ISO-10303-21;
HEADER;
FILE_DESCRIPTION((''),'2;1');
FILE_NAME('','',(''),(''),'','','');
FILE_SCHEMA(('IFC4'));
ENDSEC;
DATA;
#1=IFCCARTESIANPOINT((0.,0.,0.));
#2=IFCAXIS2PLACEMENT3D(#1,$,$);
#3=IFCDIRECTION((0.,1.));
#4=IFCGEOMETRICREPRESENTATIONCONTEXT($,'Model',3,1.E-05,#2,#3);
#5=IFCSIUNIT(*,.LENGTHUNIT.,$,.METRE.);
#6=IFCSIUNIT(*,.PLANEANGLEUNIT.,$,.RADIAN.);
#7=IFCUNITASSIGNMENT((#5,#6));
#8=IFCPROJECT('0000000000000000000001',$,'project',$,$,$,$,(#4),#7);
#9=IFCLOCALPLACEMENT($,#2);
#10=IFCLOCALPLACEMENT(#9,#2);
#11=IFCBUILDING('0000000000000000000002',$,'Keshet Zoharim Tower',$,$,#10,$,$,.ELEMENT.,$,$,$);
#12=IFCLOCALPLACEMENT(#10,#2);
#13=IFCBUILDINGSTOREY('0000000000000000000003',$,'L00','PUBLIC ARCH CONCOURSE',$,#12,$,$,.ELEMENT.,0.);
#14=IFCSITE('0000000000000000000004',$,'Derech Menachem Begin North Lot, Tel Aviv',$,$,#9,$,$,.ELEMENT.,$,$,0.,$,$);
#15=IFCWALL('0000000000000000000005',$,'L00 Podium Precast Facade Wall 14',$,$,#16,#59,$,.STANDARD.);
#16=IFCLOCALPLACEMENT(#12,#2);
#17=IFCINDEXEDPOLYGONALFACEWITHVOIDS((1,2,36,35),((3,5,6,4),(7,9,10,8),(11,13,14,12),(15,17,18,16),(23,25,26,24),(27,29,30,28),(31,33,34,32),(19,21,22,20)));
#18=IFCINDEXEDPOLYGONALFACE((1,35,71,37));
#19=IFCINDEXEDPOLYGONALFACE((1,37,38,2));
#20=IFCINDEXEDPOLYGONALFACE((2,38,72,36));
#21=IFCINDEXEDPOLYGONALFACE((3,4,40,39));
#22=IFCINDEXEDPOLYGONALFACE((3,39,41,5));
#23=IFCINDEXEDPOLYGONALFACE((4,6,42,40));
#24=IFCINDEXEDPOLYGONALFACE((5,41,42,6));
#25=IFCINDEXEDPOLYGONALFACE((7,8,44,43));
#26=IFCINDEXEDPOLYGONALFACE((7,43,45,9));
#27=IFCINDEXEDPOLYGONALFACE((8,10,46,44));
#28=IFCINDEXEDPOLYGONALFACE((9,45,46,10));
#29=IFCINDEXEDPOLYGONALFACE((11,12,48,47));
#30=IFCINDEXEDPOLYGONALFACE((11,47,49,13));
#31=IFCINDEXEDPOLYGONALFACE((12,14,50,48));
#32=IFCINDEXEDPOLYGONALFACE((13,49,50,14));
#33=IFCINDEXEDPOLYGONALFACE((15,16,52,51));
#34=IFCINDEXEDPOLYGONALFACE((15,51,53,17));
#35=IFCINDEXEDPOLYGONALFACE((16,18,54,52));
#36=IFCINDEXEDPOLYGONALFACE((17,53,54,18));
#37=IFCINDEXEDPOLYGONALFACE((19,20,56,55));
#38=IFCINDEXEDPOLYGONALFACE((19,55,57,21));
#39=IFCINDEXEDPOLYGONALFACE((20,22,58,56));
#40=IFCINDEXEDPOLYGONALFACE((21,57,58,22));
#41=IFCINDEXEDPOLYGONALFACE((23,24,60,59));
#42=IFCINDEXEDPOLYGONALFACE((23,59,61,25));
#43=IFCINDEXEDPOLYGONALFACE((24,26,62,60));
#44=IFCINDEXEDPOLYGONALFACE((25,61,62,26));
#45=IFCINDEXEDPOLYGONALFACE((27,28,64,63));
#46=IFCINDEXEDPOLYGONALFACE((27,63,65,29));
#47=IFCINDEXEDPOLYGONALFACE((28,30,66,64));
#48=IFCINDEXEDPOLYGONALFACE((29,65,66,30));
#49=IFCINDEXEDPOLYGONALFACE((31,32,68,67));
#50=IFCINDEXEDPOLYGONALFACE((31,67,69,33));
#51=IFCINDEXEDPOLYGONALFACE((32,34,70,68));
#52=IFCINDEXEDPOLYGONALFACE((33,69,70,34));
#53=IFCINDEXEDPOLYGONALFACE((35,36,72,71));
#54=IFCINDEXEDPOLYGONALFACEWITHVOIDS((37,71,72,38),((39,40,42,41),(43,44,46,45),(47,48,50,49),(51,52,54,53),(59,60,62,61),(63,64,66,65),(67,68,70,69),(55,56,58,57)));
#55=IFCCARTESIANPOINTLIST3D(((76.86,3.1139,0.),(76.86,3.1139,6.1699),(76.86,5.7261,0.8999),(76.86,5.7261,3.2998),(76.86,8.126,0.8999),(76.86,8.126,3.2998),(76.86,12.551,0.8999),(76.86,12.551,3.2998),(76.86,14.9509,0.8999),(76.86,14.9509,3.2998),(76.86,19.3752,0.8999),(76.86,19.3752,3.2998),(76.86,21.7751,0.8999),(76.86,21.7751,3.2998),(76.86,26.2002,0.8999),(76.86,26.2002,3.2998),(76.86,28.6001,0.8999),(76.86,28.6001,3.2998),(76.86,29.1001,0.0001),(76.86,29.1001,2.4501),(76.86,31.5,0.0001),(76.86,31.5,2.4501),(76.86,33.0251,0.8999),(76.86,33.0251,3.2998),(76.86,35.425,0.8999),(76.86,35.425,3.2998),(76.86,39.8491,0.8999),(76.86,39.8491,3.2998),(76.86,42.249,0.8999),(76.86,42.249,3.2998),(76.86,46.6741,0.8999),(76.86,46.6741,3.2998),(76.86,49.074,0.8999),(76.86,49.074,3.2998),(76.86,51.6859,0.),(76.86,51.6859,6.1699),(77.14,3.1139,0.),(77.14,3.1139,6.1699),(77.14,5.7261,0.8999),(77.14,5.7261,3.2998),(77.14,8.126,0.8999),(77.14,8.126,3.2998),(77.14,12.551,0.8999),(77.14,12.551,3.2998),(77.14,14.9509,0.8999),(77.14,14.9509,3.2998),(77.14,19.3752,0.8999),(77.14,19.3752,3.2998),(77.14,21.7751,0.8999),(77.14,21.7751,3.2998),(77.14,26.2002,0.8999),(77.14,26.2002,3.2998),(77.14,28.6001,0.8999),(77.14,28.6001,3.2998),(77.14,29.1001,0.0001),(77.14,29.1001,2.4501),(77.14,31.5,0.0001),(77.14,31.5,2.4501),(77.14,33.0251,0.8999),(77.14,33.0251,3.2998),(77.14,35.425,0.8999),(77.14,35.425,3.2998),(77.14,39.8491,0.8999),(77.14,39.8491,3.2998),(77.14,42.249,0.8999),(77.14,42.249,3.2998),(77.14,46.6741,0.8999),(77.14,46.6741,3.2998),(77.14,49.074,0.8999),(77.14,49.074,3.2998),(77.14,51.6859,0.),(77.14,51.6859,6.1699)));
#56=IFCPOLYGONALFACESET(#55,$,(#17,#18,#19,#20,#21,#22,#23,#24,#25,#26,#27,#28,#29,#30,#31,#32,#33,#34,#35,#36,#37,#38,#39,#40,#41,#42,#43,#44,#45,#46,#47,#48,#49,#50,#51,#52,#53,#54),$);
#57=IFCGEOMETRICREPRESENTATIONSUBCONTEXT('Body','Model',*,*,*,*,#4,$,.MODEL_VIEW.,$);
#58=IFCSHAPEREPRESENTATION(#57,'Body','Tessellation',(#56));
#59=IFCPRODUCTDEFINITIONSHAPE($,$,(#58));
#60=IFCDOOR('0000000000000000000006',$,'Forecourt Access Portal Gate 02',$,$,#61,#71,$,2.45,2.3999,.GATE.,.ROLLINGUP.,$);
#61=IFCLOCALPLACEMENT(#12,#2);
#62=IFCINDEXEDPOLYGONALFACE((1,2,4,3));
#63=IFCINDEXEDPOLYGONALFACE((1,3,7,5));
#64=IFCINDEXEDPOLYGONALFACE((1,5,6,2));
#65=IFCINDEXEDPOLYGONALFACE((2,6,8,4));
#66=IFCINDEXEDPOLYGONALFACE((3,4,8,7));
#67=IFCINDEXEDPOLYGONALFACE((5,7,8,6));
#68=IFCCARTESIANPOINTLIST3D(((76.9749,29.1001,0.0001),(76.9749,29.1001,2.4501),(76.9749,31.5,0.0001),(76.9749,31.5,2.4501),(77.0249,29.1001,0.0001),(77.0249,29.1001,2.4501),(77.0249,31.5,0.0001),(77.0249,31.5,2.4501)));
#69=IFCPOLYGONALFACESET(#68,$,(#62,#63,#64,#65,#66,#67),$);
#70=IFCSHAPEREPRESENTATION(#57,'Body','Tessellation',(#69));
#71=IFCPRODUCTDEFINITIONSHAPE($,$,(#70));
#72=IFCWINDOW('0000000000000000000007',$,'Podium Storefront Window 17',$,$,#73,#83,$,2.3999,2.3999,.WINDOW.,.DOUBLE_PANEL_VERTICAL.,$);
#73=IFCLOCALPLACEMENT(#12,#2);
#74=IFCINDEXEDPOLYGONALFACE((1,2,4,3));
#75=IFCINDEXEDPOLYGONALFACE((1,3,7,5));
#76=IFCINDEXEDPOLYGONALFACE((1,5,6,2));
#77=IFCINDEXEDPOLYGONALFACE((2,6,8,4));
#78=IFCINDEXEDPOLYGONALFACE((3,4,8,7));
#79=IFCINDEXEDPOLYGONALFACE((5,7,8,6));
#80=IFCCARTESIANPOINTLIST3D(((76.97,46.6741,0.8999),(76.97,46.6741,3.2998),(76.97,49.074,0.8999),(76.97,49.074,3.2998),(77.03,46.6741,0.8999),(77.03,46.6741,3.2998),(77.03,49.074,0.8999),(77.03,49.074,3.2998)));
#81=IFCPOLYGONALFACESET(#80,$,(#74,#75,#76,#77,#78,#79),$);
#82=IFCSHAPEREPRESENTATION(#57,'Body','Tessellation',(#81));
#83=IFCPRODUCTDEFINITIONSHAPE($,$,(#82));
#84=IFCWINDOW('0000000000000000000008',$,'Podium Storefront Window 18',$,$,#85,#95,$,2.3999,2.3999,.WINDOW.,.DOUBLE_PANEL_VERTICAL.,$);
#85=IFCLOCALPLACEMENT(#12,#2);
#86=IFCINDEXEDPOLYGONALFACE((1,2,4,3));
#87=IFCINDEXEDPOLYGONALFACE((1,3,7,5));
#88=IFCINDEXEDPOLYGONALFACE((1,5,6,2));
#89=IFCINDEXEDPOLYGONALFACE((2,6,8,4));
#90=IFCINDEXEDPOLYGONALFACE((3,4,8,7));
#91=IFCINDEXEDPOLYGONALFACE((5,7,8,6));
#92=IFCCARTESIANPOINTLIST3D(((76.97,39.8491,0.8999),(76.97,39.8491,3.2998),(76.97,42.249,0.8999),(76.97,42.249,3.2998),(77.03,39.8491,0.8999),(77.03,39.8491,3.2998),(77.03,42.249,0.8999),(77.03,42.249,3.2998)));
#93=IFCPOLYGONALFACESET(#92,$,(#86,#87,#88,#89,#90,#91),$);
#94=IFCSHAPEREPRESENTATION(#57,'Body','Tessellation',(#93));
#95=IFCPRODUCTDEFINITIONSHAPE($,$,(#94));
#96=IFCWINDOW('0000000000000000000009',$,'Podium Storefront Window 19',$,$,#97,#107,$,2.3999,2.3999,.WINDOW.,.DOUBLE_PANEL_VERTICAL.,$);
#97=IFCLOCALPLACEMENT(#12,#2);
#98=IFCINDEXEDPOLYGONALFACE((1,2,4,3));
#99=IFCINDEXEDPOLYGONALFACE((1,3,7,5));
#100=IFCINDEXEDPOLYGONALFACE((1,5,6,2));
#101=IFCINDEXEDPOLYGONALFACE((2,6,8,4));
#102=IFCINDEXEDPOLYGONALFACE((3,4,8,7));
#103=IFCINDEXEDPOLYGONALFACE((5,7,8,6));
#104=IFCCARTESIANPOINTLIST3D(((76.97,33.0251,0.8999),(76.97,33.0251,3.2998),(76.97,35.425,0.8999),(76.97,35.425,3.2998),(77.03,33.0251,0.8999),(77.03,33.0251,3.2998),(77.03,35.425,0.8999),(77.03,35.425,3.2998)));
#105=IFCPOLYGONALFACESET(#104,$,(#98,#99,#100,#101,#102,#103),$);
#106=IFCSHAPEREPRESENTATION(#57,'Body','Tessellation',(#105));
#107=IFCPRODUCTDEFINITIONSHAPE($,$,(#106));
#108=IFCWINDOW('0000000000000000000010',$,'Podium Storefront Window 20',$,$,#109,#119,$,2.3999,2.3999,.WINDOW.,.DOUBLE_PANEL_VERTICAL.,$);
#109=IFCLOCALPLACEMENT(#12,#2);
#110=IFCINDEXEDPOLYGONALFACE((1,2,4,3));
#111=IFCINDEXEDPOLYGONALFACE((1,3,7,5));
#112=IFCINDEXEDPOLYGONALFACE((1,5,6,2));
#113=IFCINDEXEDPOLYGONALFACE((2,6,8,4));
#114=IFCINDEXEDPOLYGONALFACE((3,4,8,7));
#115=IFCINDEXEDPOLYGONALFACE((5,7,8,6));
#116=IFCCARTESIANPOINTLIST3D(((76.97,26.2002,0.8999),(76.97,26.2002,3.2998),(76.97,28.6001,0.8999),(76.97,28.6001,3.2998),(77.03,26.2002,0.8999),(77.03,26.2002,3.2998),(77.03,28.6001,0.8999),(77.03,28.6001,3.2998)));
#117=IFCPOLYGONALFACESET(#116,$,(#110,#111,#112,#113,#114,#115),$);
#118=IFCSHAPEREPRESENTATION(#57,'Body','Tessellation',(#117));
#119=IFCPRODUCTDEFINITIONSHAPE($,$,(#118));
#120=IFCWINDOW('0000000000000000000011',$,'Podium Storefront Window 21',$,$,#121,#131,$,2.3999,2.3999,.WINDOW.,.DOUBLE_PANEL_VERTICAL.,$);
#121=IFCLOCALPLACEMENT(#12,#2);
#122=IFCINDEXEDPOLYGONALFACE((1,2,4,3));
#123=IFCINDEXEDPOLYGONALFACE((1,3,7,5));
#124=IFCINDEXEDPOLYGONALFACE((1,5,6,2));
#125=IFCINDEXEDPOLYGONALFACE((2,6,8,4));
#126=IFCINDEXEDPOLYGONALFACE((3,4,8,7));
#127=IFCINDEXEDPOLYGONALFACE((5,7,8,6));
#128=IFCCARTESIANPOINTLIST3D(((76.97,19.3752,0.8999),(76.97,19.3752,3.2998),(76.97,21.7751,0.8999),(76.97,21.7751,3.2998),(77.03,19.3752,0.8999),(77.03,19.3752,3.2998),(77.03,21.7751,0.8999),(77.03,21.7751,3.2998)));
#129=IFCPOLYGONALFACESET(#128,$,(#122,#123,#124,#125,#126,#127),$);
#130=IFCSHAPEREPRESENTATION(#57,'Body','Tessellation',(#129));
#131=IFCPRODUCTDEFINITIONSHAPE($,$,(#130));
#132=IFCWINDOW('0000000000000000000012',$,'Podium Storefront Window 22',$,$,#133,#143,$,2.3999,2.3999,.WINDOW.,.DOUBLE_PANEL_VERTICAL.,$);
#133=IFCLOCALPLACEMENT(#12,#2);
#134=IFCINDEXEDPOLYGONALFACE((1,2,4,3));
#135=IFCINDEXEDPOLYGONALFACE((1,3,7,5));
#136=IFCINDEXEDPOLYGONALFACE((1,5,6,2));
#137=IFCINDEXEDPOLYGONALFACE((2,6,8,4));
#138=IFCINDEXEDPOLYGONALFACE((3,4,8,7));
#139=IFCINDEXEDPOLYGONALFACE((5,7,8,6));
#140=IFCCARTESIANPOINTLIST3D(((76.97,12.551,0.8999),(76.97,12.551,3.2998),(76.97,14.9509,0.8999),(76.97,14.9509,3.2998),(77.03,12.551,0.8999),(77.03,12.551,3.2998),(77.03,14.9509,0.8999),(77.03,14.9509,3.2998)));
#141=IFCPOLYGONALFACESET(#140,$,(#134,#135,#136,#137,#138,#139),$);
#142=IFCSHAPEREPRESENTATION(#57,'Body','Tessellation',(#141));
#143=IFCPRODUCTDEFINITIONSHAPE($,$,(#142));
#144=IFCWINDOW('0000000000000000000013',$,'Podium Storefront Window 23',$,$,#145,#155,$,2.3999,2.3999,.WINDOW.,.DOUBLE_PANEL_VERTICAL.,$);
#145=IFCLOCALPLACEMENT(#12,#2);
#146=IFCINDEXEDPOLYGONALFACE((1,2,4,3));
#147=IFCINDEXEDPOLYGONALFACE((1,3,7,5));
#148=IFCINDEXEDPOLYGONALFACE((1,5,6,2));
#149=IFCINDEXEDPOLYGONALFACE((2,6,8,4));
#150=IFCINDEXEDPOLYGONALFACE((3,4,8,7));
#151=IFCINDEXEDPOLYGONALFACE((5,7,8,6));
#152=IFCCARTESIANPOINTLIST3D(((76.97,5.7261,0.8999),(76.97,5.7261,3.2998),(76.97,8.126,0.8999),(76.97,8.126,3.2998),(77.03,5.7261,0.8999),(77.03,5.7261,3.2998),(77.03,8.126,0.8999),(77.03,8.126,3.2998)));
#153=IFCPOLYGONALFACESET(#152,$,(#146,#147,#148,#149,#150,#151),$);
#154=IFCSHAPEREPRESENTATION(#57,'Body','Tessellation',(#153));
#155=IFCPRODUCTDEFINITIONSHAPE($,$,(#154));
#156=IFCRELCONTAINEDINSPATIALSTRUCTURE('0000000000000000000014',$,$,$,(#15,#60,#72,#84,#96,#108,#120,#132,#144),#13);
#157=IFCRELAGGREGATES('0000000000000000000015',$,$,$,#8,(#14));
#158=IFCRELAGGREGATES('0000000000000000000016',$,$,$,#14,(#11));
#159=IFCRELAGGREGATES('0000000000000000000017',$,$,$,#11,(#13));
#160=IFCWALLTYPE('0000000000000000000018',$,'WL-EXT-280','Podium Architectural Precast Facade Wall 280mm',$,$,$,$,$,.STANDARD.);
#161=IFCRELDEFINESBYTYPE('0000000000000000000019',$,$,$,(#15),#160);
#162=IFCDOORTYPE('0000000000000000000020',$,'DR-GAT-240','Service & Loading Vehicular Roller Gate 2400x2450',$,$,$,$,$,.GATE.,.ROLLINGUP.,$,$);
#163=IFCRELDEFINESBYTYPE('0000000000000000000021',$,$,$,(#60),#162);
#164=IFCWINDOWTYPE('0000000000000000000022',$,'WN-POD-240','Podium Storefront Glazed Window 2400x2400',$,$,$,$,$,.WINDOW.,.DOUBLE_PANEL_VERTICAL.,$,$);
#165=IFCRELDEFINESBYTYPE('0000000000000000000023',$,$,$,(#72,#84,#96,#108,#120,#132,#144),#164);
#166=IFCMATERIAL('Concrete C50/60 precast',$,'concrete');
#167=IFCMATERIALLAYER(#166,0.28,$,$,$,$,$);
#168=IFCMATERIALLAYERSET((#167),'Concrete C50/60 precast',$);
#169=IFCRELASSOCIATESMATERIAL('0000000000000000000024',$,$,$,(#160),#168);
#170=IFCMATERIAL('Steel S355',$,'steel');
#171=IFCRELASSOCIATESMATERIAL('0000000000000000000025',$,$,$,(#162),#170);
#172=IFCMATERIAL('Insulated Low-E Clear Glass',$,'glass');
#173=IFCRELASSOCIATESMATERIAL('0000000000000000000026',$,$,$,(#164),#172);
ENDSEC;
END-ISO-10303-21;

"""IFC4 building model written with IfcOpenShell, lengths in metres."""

from ifc_helpers import new_model, si_unit, direction, frame, frame_2d, origin, place, context, subcontext, project, spatial, rectangle, extrude, material, layer, layer_set, type_object, element, fill, save


model = new_model("IFC4")

# Units and contexts
model_context = context("Model", 3, precision=1e-05, world=origin(), true_north=direction((0.0, 1.0)))
body_context = subcontext(model_context, "Body", "Model", "MODEL_VIEW")
ifc_project = project(units=[si_unit("LENGTHUNIT", "METRE"), si_unit("PLANEANGLEUNIT", "RADIAN")], contexts=[model_context])

# Site, building, storey
site_placement = place(None, origin())
site = spatial("IfcSite", under=ifc_project, at=site_placement, Name="Derech Menachem Begin North Lot, Tel Aviv", CompositionType="ELEMENT", RefElevation=0.0)
building_placement = place(site_placement, origin())
building = spatial("IfcBuilding", under=site, at=building_placement, Name="Keshet Zoharim Tower", CompositionType="ELEMENT")
storey_placement = place(building_placement, origin())
storey = spatial("IfcBuildingStorey", under=building, at=storey_placement, Name="L00", Description="PUBLIC ARCH CONCOURSE", CompositionType="ELEMENT", Elevation=0.0)

# Shared definitions
ifc_material_1 = material(Name="Steel S355", Category="steel")

# Shared definitions
ifc_material_2 = material(Name="Concrete C50/60 precast", Category="concrete")
ifc_layer = layer(ifc_material_2, 0.28)
ifc_layer_set = layer_set([ifc_layer], Name="Concrete C50/60 precast")
wall_type = type_object("IfcWallType", Name="WL-EXT-280", Description="Podium Architectural Precast Facade Wall 280mm", PredefinedType="STANDARD", material=ifc_layer_set)

# Wall, openings, door, windows
wall_1_placement = place(storey_placement, frame((77.0, 51.686, 0.0), z_axis=(0.0, 0.0, 1.0), x_axis=(0.0, -1.0, 0.0)))
wall_1 = element("IfcWall", 1, at=wall_1_placement, inside=storey, type_object=wall_type, Name="L00 Podium Precast Facade Wall 14", PredefinedType="STANDARD", context=body_context, shape_type="SweptSolid", body=[
    extrude(rectangle(XDim=48.572, YDim=0.28, at=frame_2d((24.2861, 0.0))), origin(), (0.0, 0.0, 1.0), 6.1699),
])
opening_1_placement = place(wall_1_placement, frame((20.186, 0.0, 0.0)))
opening_1 = element("IfcOpeningElement", 2, at=opening_1_placement, cuts=wall_1, PredefinedType="OPENING", context=body_context, shape_type="SweptSolid", body=[
    extrude(rectangle(XDim=2.3999, YDim=2.45, at=frame_2d((1.2, 1.2251))), frame((0.0, 0.1499, 0.0), z_axis=(0.0, -1.0, 0.0), x_axis=(1.0, 0.0, 0.0)), (0.0, 0.0, 1.0), 0.3),
])
opening_2_placement = place(wall_1_placement, frame((2.6121, 0.0, 0.8999)))
opening_2 = element("IfcOpeningElement", 3, at=opening_2_placement, cuts=wall_1, PredefinedType="OPENING", context=body_context, shape_type="SweptSolid", body=[
    extrude(rectangle(XDim=2.3999, YDim=2.3999, at=frame_2d((1.2, 1.2))), frame((0.0, 0.1499, 0.0), z_axis=(0.0, -1.0, 0.0), x_axis=(1.0, 0.0, 0.0)), (0.0, 0.0, 1.0), 0.3),
])
opening_3_placement = place(wall_1_placement, frame((9.437, 0.0, 0.8999)))
opening_3 = element("IfcOpeningElement", 4, at=opening_3_placement, cuts=wall_1, PredefinedType="OPENING", context=body_context, shape_type="SweptSolid", body=[
    extrude(rectangle(XDim=2.3999, YDim=2.3999, at=frame_2d((1.2, 1.2))), frame((0.0, 0.1499, 0.0), z_axis=(0.0, -1.0, 0.0), x_axis=(1.0, 0.0, 0.0)), (0.0, 0.0, 1.0), 0.3),
])
opening_4_placement = place(wall_1_placement, frame((16.261, 0.0, 0.8999)))
opening_4 = element("IfcOpeningElement", 5, at=opening_4_placement, cuts=wall_1, PredefinedType="OPENING", context=body_context, shape_type="SweptSolid", body=[
    extrude(rectangle(XDim=2.3999, YDim=2.3999, at=frame_2d((1.2, 1.2))), frame((0.0, 0.1499, 0.0), z_axis=(0.0, -1.0, 0.0), x_axis=(1.0, 0.0, 0.0)), (0.0, 0.0, 1.0), 0.3),
])
opening_5_placement = place(wall_1_placement, frame((23.0859, 0.0, 0.8999)))
opening_5 = element("IfcOpeningElement", 6, at=opening_5_placement, cuts=wall_1, PredefinedType="OPENING", context=body_context, shape_type="SweptSolid", body=[
    extrude(rectangle(XDim=2.3999, YDim=2.3999, at=frame_2d((1.2, 1.2))), frame((0.0, 0.1499, 0.0), z_axis=(0.0, -1.0, 0.0), x_axis=(1.0, 0.0, 0.0)), (0.0, 0.0, 1.0), 0.3),
])
opening_6_placement = place(wall_1_placement, frame((29.9109, 0.0, 0.8999)))
opening_6 = element("IfcOpeningElement", 7, at=opening_6_placement, cuts=wall_1, PredefinedType="OPENING", context=body_context, shape_type="SweptSolid", body=[
    extrude(rectangle(XDim=2.3999, YDim=2.3999, at=frame_2d((1.2, 1.2))), frame((0.0, 0.1499, 0.0), z_axis=(0.0, -1.0, 0.0), x_axis=(1.0, 0.0, 0.0)), (0.0, 0.0, 1.0), 0.3),
])
opening_7_placement = place(wall_1_placement, frame((36.7351, 0.0, 0.8999)))
opening_7 = element("IfcOpeningElement", 8, at=opening_7_placement, cuts=wall_1, PredefinedType="OPENING", context=body_context, shape_type="SweptSolid", body=[
    extrude(rectangle(XDim=2.3999, YDim=2.3999, at=frame_2d((1.2, 1.2))), frame((0.0, 0.1499, 0.0), z_axis=(0.0, -1.0, 0.0), x_axis=(1.0, 0.0, 0.0)), (0.0, 0.0, 1.0), 0.3),
])
opening_8_placement = place(wall_1_placement, frame((43.5601, 0.0, 0.8999)))
opening_8 = element("IfcOpeningElement", 9, at=opening_8_placement, cuts=wall_1, PredefinedType="OPENING", context=body_context, shape_type="SweptSolid", body=[
    extrude(rectangle(XDim=2.3999, YDim=2.3999, at=frame_2d((1.2, 1.2))), frame((0.0, 0.1499, 0.0), z_axis=(0.0, -1.0, 0.0), x_axis=(1.0, 0.0, 0.0)), (0.0, 0.0, 1.0), 0.3),
])
door_type = type_object("IfcDoorType", Name="DR-GAT-240", Description="Service & Loading Vehicular Roller Gate 2400x2450", OperationType="ROLLINGUP", PredefinedType="GATE", material=ifc_material_1)
door_placement = place(opening_1_placement, origin())
door = element("IfcDoor", 10, at=door_placement, inside=storey, type_object=door_type, Name="Forecourt Access Portal Gate 02", OperationType="ROLLINGUP", OverallHeight=2.45, OverallWidth=2.3999, PredefinedType="GATE", context=body_context, shape_type="SweptSolid", body=[
    extrude(rectangle(XDim=2.3999, YDim=2.45, at=frame_2d((1.2, 1.2251))), frame((0.0, 0.0249, 0.0), z_axis=(0.0, -1.0, 0.0), x_axis=(1.0, 0.0, 0.0)), (0.0, 0.0, 1.0), 0.05),
])
fill(opening_1, door)
ifc_material_3 = material(Name="Insulated Low-E Clear Glass", Category="glass")
window_type = type_object("IfcWindowType", Name="WN-POD-240", Description="Podium Storefront Glazed Window 2400x2400", PartitioningType="DOUBLE_PANEL_VERTICAL", PredefinedType="WINDOW", material=ifc_material_3)
window_1_placement = place(opening_2_placement, origin())
window_1 = element("IfcWindow", 11, at=window_1_placement, inside=storey, type_object=window_type, Name="Podium Storefront Window 17", OverallHeight=2.3999, OverallWidth=2.3999, PartitioningType="DOUBLE_PANEL_VERTICAL", PredefinedType="WINDOW", context=body_context, shape_type="SweptSolid", body=[
    extrude(rectangle(XDim=2.3999, YDim=2.3999, at=frame_2d((1.2, 1.2))), frame((0.0, 0.03, 0.0), z_axis=(0.0, -1.0, 0.0), x_axis=(1.0, 0.0, 0.0)), (0.0, 0.0, 1.0), 0.0601),
])
fill(opening_2, window_1)
window_2_placement = place(opening_3_placement, origin())
window_2 = element("IfcWindow", 12, at=window_2_placement, inside=storey, type_object=window_type, Name="Podium Storefront Window 18", OverallHeight=2.3999, OverallWidth=2.3999, PartitioningType="DOUBLE_PANEL_VERTICAL", PredefinedType="WINDOW", context=body_context, shape_type="SweptSolid", body=[
    extrude(rectangle(XDim=2.3999, YDim=2.3999, at=frame_2d((1.2, 1.2))), frame((0.0, 0.03, 0.0), z_axis=(0.0, -1.0, 0.0), x_axis=(1.0, 0.0, 0.0)), (0.0, 0.0, 1.0), 0.0601),
])
fill(opening_3, window_2)
window_3_placement = place(opening_4_placement, origin())
window_3 = element("IfcWindow", 13, at=window_3_placement, inside=storey, type_object=window_type, Name="Podium Storefront Window 19", OverallHeight=2.3999, OverallWidth=2.3999, PartitioningType="DOUBLE_PANEL_VERTICAL", PredefinedType="WINDOW", context=body_context, shape_type="SweptSolid", body=[
    extrude(rectangle(XDim=2.3999, YDim=2.3999, at=frame_2d((1.2, 1.2))), frame((0.0, 0.03, 0.0), z_axis=(0.0, -1.0, 0.0), x_axis=(1.0, 0.0, 0.0)), (0.0, 0.0, 1.0), 0.0601),
])
fill(opening_4, window_3)
window_4_placement = place(opening_5_placement, origin())
window_4 = element("IfcWindow", 14, at=window_4_placement, inside=storey, type_object=window_type, Name="Podium Storefront Window 20", OverallHeight=2.3999, OverallWidth=2.3999, PartitioningType="DOUBLE_PANEL_VERTICAL", PredefinedType="WINDOW", context=body_context, shape_type="SweptSolid", body=[
    extrude(rectangle(XDim=2.3999, YDim=2.3999, at=frame_2d((1.2, 1.2))), frame((0.0, 0.03, 0.0), z_axis=(0.0, -1.0, 0.0), x_axis=(1.0, 0.0, 0.0)), (0.0, 0.0, 1.0), 0.0601),
])
fill(opening_5, window_4)
window_5_placement = place(opening_6_placement, origin())
window_5 = element("IfcWindow", 15, at=window_5_placement, inside=storey, type_object=window_type, Name="Podium Storefront Window 21", OverallHeight=2.3999, OverallWidth=2.3999, PartitioningType="DOUBLE_PANEL_VERTICAL", PredefinedType="WINDOW", context=body_context, shape_type="SweptSolid", body=[
    extrude(rectangle(XDim=2.3999, YDim=2.3999, at=frame_2d((1.2, 1.2))), frame((0.0, 0.03, 0.0), z_axis=(0.0, -1.0, 0.0), x_axis=(1.0, 0.0, 0.0)), (0.0, 0.0, 1.0), 0.0601),
])
fill(opening_6, window_5)
window_6_placement = place(opening_7_placement, origin())
window_6 = element("IfcWindow", 16, at=window_6_placement, inside=storey, type_object=window_type, Name="Podium Storefront Window 22", OverallHeight=2.3999, OverallWidth=2.3999, PartitioningType="DOUBLE_PANEL_VERTICAL", PredefinedType="WINDOW", context=body_context, shape_type="SweptSolid", body=[
    extrude(rectangle(XDim=2.3999, YDim=2.3999, at=frame_2d((1.2, 1.2))), frame((0.0, 0.03, 0.0), z_axis=(0.0, -1.0, 0.0), x_axis=(1.0, 0.0, 0.0)), (0.0, 0.0, 1.0), 0.0601),
])
fill(opening_7, window_6)
window_7_placement = place(opening_8_placement, origin())
window_7 = element("IfcWindow", 17, at=window_7_placement, inside=storey, type_object=window_type, Name="Podium Storefront Window 23", OverallHeight=2.3999, OverallWidth=2.3999, PartitioningType="DOUBLE_PANEL_VERTICAL", PredefinedType="WINDOW", context=body_context, shape_type="SweptSolid", body=[
    extrude(rectangle(XDim=2.3999, YDim=2.3999, at=frame_2d((1.2, 1.2))), frame((0.0, 0.03, 0.0), z_axis=(0.0, -1.0, 0.0), x_axis=(1.0, 0.0, 0.0)), (0.0, 0.0, 1.0), 0.0601),
])
fill(opening_8, window_7)

save(model, "model.ifc")
